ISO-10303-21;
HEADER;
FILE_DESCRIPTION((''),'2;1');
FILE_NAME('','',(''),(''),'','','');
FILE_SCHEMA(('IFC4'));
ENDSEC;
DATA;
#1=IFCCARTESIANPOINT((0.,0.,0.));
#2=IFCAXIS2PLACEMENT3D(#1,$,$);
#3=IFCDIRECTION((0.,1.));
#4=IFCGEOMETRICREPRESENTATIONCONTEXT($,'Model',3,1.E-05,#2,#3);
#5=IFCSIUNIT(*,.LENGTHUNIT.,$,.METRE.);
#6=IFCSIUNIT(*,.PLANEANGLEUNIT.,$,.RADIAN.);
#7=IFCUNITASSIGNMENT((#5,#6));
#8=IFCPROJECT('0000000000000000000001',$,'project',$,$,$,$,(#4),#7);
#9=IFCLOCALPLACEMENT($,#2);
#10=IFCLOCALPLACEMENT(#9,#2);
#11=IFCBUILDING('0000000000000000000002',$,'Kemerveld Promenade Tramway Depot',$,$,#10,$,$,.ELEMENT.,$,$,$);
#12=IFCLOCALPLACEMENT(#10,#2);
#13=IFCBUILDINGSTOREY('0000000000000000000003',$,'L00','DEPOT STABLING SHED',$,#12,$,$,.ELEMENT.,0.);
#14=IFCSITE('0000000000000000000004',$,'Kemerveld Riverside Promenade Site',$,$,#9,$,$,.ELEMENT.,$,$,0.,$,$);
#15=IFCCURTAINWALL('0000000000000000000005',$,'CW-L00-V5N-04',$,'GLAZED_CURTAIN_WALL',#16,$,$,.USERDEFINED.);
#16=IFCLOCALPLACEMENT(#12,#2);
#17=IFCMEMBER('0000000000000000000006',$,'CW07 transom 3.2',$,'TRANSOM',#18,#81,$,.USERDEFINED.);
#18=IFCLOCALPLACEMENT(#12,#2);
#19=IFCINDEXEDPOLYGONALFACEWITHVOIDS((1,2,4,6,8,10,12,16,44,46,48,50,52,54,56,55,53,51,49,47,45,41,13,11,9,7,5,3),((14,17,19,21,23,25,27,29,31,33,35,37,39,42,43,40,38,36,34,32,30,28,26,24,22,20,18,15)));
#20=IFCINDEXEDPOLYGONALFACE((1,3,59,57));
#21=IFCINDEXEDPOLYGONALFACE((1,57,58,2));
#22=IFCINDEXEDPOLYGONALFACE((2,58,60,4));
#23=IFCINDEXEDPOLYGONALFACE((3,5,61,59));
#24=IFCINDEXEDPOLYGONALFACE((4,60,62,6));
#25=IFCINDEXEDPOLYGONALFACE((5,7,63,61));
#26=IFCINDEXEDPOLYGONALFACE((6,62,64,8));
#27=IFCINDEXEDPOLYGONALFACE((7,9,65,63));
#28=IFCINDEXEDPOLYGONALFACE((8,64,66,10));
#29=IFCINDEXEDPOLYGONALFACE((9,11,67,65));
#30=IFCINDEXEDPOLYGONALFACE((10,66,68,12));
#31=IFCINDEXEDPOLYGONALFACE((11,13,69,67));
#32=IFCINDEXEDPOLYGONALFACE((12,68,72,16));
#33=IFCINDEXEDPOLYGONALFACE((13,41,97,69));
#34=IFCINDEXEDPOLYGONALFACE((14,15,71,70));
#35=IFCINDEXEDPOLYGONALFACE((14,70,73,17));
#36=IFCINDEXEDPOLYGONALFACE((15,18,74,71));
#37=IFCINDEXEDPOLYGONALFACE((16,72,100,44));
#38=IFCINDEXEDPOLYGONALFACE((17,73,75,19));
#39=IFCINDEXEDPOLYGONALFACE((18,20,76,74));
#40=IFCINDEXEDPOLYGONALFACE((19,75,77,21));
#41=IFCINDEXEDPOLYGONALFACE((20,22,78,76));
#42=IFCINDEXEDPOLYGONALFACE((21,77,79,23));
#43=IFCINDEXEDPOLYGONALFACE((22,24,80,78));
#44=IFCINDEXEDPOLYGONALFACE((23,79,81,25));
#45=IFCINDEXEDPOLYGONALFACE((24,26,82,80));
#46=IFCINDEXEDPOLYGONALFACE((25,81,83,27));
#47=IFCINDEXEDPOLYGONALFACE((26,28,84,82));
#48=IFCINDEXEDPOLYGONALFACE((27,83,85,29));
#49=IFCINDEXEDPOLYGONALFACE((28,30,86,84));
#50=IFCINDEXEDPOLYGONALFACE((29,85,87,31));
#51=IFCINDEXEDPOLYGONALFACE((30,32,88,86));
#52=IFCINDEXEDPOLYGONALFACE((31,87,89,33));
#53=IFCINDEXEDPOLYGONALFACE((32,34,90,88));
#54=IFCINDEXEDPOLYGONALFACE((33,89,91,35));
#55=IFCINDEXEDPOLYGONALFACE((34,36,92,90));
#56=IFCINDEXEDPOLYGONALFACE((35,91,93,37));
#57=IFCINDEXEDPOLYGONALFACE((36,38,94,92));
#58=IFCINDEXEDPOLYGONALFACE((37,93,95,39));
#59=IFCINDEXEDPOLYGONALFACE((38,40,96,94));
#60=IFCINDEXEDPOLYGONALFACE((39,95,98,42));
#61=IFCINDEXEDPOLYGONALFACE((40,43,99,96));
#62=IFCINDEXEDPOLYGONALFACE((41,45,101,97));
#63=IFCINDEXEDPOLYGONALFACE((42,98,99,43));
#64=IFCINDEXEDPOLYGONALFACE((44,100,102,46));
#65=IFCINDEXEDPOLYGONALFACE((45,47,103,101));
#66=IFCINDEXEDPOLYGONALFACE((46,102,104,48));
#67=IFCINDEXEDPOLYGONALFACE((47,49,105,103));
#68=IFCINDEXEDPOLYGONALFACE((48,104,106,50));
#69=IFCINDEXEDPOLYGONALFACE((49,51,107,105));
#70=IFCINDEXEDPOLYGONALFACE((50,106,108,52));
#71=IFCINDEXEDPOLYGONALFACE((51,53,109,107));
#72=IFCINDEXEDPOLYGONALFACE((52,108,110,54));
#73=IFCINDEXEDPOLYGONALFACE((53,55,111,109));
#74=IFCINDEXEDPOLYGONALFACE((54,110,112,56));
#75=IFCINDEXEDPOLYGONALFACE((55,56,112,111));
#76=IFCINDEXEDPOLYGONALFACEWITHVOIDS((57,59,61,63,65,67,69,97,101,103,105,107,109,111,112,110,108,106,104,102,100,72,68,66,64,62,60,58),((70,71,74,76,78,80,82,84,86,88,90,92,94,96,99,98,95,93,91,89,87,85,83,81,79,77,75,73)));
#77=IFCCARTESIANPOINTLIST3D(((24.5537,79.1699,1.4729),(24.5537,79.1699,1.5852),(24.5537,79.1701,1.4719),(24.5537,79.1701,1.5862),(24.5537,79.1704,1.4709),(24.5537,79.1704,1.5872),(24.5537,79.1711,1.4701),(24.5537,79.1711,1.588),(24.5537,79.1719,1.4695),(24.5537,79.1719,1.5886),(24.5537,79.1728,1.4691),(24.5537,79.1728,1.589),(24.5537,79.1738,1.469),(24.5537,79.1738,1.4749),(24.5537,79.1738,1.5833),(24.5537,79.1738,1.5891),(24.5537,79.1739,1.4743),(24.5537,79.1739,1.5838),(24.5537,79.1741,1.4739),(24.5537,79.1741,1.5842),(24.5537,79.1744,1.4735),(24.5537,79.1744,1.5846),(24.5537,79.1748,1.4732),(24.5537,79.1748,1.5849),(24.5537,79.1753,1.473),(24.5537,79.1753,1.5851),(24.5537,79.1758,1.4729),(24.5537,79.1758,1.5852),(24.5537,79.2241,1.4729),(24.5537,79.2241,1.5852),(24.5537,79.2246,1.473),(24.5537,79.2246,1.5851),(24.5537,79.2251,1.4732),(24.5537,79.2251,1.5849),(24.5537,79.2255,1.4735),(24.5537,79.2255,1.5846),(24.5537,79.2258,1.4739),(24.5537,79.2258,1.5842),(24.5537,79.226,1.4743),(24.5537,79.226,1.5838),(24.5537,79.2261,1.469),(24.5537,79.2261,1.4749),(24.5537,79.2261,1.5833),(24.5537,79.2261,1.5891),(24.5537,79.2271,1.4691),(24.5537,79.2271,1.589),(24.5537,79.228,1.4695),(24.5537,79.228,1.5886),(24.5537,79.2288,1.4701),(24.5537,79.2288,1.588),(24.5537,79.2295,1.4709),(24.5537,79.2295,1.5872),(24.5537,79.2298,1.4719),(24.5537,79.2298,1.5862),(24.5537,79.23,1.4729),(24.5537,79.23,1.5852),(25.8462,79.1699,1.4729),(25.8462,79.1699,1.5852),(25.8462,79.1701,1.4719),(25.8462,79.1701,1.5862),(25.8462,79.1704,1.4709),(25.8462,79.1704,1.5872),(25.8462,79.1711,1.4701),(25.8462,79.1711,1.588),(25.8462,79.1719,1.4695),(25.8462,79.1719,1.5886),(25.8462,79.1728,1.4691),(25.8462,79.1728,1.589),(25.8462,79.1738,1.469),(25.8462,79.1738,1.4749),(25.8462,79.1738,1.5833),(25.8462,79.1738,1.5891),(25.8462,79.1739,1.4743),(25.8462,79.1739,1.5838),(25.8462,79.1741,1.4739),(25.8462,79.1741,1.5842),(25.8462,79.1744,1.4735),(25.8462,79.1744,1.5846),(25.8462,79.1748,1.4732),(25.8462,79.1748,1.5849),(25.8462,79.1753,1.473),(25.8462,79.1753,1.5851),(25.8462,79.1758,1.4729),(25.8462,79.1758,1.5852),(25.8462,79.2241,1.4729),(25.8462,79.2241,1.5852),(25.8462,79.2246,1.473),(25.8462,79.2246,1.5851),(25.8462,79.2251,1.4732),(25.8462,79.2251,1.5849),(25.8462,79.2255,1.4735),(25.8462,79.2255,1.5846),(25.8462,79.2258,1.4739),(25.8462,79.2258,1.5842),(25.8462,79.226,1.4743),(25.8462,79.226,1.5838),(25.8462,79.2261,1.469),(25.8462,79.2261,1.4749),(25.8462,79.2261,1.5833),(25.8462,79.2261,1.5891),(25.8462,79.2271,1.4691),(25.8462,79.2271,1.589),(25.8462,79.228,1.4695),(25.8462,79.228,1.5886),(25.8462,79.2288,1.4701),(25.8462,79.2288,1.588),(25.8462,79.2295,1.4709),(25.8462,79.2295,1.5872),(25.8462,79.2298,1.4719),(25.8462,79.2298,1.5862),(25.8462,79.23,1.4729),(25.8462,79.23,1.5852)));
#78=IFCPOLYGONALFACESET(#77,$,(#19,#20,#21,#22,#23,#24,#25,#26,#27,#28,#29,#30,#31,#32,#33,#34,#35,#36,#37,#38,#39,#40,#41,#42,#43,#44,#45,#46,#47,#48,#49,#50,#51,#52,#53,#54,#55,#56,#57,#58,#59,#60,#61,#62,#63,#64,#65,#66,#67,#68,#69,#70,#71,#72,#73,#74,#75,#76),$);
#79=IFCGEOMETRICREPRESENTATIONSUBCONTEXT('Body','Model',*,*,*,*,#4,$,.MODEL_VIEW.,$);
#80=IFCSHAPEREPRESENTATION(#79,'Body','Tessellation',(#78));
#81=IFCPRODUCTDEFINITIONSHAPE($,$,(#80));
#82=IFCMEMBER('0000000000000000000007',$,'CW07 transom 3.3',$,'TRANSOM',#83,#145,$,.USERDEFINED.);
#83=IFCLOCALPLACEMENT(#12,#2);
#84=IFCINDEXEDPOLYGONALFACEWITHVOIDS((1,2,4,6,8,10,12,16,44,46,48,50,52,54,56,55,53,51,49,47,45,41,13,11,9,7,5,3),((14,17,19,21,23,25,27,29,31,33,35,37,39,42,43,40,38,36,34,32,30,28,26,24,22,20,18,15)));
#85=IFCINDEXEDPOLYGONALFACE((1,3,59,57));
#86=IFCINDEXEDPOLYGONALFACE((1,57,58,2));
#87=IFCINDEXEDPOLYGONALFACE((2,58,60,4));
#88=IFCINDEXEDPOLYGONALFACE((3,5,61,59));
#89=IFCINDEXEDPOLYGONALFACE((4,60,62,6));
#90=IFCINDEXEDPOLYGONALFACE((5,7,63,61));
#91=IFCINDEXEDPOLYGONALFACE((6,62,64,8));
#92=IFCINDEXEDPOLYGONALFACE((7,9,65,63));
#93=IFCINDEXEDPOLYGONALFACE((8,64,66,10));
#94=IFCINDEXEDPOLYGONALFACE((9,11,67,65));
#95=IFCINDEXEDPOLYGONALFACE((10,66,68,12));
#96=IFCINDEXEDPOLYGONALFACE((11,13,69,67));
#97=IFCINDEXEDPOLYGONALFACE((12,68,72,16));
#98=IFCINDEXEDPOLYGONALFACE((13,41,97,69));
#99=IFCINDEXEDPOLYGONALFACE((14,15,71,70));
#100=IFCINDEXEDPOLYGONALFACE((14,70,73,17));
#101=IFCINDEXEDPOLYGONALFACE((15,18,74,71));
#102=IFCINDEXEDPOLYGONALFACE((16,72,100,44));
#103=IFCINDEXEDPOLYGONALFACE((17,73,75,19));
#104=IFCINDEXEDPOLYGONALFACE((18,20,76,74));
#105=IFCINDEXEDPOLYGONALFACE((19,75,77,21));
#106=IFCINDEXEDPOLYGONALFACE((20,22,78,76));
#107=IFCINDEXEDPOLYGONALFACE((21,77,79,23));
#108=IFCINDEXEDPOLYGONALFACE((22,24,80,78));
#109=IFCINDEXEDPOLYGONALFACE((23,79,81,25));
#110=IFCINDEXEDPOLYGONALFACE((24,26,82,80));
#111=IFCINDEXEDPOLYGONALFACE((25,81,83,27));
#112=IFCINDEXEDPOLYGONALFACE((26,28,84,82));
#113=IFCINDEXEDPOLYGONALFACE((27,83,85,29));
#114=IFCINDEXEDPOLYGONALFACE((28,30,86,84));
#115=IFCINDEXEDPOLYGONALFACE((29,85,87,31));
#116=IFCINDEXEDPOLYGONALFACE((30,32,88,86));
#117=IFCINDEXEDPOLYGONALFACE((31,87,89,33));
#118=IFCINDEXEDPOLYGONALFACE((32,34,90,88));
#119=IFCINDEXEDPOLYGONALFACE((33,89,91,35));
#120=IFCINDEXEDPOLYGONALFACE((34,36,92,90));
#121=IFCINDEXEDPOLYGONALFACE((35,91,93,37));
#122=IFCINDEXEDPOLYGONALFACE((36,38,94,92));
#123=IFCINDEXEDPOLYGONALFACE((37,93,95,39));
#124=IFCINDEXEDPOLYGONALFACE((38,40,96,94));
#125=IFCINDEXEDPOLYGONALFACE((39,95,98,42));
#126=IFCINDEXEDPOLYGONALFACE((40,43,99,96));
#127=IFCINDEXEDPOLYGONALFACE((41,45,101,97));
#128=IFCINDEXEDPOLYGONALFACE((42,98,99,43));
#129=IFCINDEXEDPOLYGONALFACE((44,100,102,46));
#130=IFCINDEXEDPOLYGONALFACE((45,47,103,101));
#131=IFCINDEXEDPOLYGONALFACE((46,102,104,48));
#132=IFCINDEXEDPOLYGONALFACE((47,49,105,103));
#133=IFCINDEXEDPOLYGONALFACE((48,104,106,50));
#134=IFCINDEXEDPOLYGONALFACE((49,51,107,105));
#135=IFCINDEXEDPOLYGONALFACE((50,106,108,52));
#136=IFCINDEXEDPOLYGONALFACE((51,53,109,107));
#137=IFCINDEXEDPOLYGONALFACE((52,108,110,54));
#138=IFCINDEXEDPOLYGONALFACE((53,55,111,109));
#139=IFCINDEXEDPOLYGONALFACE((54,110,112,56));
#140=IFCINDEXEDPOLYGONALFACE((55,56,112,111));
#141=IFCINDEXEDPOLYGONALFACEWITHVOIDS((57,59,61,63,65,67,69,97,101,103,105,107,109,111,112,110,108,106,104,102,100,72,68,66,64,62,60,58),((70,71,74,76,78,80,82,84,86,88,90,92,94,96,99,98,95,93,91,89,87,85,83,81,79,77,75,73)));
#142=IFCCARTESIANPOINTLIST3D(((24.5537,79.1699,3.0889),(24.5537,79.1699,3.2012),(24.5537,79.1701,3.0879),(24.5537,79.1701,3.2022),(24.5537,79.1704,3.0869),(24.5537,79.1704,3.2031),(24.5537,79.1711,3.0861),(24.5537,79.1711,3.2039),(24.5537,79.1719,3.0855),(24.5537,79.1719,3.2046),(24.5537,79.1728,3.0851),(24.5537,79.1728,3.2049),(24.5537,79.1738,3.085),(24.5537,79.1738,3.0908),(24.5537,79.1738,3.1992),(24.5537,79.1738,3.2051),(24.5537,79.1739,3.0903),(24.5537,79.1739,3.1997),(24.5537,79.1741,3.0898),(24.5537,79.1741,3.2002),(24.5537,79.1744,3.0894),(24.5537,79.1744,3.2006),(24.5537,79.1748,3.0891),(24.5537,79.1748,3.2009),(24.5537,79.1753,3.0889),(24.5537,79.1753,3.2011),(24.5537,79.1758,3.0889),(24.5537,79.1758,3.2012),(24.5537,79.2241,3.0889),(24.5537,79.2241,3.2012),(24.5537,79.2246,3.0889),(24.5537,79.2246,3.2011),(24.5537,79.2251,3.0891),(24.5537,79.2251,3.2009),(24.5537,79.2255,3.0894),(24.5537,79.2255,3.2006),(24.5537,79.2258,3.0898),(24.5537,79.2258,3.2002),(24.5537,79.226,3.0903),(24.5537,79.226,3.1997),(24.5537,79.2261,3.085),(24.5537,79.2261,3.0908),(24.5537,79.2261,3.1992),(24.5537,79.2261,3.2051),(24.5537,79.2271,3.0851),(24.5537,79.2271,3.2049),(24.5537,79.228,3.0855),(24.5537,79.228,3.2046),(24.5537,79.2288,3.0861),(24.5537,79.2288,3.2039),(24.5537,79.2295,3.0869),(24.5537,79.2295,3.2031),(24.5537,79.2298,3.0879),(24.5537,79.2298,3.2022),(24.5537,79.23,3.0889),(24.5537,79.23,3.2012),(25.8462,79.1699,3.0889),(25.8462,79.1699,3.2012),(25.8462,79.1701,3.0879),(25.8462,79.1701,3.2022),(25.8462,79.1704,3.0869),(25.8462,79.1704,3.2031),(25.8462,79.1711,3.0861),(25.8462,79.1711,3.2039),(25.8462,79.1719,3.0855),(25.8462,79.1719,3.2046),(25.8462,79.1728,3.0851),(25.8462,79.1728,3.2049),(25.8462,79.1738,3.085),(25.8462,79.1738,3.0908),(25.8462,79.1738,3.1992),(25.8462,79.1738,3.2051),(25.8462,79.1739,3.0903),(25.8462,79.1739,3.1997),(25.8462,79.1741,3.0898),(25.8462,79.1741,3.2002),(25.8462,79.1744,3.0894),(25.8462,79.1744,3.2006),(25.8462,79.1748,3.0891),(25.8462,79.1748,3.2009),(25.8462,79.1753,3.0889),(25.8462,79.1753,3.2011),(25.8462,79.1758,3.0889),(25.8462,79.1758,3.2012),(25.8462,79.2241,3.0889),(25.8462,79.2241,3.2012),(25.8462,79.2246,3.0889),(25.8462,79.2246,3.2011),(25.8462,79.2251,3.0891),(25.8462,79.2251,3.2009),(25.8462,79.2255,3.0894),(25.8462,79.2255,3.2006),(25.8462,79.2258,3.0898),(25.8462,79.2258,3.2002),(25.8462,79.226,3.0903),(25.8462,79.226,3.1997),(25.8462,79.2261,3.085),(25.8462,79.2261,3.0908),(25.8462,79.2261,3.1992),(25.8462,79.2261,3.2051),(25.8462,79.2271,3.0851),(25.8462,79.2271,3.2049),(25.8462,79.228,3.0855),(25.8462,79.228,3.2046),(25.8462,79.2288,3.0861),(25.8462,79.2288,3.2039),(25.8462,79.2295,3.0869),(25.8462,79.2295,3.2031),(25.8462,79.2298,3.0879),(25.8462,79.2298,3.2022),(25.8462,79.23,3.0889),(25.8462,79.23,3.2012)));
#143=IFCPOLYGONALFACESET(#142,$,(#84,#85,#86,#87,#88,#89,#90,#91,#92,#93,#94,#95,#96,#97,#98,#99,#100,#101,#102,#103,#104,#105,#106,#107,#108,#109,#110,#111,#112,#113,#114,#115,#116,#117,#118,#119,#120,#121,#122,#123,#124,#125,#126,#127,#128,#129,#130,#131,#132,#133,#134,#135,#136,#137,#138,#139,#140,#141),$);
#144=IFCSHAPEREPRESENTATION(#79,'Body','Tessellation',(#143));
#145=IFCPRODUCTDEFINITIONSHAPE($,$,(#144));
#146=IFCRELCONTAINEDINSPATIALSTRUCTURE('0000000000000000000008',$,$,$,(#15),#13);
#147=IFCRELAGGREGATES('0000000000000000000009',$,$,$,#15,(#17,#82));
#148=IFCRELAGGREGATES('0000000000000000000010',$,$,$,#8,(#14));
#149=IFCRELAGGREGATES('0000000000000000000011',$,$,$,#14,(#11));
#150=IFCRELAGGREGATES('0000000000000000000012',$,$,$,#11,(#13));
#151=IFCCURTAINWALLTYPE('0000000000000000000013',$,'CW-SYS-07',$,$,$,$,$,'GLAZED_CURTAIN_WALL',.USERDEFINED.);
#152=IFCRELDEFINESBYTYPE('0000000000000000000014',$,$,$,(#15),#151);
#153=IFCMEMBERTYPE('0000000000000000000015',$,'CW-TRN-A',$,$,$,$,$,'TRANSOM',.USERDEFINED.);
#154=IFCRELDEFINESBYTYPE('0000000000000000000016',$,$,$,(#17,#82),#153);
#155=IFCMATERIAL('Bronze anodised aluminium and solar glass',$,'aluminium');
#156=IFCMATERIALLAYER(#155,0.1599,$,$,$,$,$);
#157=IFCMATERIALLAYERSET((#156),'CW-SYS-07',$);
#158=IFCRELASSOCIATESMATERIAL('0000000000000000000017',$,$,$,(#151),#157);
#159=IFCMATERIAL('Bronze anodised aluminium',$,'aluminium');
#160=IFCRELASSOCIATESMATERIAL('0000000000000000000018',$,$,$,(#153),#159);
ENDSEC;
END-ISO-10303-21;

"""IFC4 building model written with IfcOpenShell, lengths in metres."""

from ifc_helpers import new_model, si_unit, direction, frame, origin, origin_2d, place, context, subcontext, project, spatial, hollow_rectangle, extrude, material, layer, layer_set, material_profile, profile_set, type_object, element, aggregate, save


model = new_model("IFC4")

# Units and contexts
model_context = context("Model", 3, precision=1e-05, world=origin(), true_north=direction((0.0, 1.0)))
body_context = subcontext(model_context, "Body", "Model", "MODEL_VIEW")
ifc_project = project(units=[si_unit("LENGTHUNIT", "METRE"), si_unit("PLANEANGLEUNIT", "RADIAN")], contexts=[model_context])

# Site, building, storey
site_placement = place(None, origin())
site = spatial("IfcSite", under=ifc_project, at=site_placement, Name="Kemerveld Riverside Promenade Site", CompositionType="ELEMENT", RefElevation=0.0)
building_placement = place(site_placement, origin())
building = spatial("IfcBuilding", under=site, at=building_placement, Name="Kemerveld Promenade Tramway Depot", CompositionType="ELEMENT")
storey_placement = place(building_placement, origin())
storey = spatial("IfcBuildingStorey", under=building, at=storey_placement, Name="L00", Description="DEPOT STABLING SHED", CompositionType="ELEMENT", Elevation=0.0)

# Curtain wall, members
ifc_material_1 = material(Name="Bronze anodised aluminium and solar glass", Category="aluminium")
ifc_layer_1 = layer(ifc_material_1, 0.1599)
ifc_layer_set_1 = layer_set([ifc_layer_1], Name="CW-SYS-07")
curtain_wall_type = type_object("IfcCurtainWallType", Name="CW-SYS-07", ElementType="GLAZED_CURTAIN_WALL", PredefinedType="USERDEFINED", material=ifc_layer_set_1)
curtain_wall_placement = place(storey_placement, origin())
curtain_wall = element("IfcCurtainWall", 1, at=curtain_wall_placement, inside=storey, type_object=curtain_wall_type, Name="CW-L00-V5N-04", ObjectType="GLAZED_CURTAIN_WALL", PredefinedType="USERDEFINED")
ifc_material_2 = material(Name="Bronze anodised aluminium", Category="aluminium")
ifc_material_profile_1 = material_profile(ifc_material_2, hollow_rectangle(XDim=0.0601, YDim=0.1201, WallThickness=0.0039, InnerFilletRadius=0.002, OuterFilletRadius=0.0039, at=origin_2d()), Name="CW-TRN-120x60")
ifc_profile_set_1 = profile_set([ifc_material_profile_1], Name="Bronze anodised aluminium")
member_type_1 = type_object("IfcMemberType", Name="CW-TRN-A", ElementType="TRANSOM", PredefinedType="USERDEFINED", material=ifc_profile_set_1)
member_1_placement = place(storey_placement, frame((24.5537, 79.2, 1.5291), z_axis=(1.0, 0.0, 0.0), x_axis=(0.0, 1.0, 0.0)))
member_1 = element("IfcMember", 2, at=member_1_placement, type_object=member_type_1, Name="CW07 transom 3.2", ObjectType="TRANSOM", PredefinedType="USERDEFINED", context=body_context, shape_type="SweptSolid", body=[
    extrude(hollow_rectangle(XDim=0.0601, YDim=0.1201, WallThickness=0.0039, InnerFilletRadius=0.002, OuterFilletRadius=0.0039, at=origin_2d()), origin(), (0.0, 0.0, 1.0), 1.2925),
])
member_2_placement = place(storey_placement, frame((24.5537, 79.2, 3.145), z_axis=(1.0, 0.0, 0.0), x_axis=(0.0, 1.0, 0.0)))
member_2 = element("IfcMember", 3, at=member_2_placement, type_object=member_type_1, Name="CW07 transom 3.3", ObjectType="TRANSOM", PredefinedType="USERDEFINED", context=body_context, shape_type="SweptSolid", body=[
    extrude(hollow_rectangle(XDim=0.0601, YDim=0.1201, WallThickness=0.0039, InnerFilletRadius=0.002, OuterFilletRadius=0.0039, at=origin_2d()), origin(), (0.0, 0.0, 1.0), 1.2925),
])
aggregate(curtain_wall, [member_1, member_2])

save(model, "model.ifc")
